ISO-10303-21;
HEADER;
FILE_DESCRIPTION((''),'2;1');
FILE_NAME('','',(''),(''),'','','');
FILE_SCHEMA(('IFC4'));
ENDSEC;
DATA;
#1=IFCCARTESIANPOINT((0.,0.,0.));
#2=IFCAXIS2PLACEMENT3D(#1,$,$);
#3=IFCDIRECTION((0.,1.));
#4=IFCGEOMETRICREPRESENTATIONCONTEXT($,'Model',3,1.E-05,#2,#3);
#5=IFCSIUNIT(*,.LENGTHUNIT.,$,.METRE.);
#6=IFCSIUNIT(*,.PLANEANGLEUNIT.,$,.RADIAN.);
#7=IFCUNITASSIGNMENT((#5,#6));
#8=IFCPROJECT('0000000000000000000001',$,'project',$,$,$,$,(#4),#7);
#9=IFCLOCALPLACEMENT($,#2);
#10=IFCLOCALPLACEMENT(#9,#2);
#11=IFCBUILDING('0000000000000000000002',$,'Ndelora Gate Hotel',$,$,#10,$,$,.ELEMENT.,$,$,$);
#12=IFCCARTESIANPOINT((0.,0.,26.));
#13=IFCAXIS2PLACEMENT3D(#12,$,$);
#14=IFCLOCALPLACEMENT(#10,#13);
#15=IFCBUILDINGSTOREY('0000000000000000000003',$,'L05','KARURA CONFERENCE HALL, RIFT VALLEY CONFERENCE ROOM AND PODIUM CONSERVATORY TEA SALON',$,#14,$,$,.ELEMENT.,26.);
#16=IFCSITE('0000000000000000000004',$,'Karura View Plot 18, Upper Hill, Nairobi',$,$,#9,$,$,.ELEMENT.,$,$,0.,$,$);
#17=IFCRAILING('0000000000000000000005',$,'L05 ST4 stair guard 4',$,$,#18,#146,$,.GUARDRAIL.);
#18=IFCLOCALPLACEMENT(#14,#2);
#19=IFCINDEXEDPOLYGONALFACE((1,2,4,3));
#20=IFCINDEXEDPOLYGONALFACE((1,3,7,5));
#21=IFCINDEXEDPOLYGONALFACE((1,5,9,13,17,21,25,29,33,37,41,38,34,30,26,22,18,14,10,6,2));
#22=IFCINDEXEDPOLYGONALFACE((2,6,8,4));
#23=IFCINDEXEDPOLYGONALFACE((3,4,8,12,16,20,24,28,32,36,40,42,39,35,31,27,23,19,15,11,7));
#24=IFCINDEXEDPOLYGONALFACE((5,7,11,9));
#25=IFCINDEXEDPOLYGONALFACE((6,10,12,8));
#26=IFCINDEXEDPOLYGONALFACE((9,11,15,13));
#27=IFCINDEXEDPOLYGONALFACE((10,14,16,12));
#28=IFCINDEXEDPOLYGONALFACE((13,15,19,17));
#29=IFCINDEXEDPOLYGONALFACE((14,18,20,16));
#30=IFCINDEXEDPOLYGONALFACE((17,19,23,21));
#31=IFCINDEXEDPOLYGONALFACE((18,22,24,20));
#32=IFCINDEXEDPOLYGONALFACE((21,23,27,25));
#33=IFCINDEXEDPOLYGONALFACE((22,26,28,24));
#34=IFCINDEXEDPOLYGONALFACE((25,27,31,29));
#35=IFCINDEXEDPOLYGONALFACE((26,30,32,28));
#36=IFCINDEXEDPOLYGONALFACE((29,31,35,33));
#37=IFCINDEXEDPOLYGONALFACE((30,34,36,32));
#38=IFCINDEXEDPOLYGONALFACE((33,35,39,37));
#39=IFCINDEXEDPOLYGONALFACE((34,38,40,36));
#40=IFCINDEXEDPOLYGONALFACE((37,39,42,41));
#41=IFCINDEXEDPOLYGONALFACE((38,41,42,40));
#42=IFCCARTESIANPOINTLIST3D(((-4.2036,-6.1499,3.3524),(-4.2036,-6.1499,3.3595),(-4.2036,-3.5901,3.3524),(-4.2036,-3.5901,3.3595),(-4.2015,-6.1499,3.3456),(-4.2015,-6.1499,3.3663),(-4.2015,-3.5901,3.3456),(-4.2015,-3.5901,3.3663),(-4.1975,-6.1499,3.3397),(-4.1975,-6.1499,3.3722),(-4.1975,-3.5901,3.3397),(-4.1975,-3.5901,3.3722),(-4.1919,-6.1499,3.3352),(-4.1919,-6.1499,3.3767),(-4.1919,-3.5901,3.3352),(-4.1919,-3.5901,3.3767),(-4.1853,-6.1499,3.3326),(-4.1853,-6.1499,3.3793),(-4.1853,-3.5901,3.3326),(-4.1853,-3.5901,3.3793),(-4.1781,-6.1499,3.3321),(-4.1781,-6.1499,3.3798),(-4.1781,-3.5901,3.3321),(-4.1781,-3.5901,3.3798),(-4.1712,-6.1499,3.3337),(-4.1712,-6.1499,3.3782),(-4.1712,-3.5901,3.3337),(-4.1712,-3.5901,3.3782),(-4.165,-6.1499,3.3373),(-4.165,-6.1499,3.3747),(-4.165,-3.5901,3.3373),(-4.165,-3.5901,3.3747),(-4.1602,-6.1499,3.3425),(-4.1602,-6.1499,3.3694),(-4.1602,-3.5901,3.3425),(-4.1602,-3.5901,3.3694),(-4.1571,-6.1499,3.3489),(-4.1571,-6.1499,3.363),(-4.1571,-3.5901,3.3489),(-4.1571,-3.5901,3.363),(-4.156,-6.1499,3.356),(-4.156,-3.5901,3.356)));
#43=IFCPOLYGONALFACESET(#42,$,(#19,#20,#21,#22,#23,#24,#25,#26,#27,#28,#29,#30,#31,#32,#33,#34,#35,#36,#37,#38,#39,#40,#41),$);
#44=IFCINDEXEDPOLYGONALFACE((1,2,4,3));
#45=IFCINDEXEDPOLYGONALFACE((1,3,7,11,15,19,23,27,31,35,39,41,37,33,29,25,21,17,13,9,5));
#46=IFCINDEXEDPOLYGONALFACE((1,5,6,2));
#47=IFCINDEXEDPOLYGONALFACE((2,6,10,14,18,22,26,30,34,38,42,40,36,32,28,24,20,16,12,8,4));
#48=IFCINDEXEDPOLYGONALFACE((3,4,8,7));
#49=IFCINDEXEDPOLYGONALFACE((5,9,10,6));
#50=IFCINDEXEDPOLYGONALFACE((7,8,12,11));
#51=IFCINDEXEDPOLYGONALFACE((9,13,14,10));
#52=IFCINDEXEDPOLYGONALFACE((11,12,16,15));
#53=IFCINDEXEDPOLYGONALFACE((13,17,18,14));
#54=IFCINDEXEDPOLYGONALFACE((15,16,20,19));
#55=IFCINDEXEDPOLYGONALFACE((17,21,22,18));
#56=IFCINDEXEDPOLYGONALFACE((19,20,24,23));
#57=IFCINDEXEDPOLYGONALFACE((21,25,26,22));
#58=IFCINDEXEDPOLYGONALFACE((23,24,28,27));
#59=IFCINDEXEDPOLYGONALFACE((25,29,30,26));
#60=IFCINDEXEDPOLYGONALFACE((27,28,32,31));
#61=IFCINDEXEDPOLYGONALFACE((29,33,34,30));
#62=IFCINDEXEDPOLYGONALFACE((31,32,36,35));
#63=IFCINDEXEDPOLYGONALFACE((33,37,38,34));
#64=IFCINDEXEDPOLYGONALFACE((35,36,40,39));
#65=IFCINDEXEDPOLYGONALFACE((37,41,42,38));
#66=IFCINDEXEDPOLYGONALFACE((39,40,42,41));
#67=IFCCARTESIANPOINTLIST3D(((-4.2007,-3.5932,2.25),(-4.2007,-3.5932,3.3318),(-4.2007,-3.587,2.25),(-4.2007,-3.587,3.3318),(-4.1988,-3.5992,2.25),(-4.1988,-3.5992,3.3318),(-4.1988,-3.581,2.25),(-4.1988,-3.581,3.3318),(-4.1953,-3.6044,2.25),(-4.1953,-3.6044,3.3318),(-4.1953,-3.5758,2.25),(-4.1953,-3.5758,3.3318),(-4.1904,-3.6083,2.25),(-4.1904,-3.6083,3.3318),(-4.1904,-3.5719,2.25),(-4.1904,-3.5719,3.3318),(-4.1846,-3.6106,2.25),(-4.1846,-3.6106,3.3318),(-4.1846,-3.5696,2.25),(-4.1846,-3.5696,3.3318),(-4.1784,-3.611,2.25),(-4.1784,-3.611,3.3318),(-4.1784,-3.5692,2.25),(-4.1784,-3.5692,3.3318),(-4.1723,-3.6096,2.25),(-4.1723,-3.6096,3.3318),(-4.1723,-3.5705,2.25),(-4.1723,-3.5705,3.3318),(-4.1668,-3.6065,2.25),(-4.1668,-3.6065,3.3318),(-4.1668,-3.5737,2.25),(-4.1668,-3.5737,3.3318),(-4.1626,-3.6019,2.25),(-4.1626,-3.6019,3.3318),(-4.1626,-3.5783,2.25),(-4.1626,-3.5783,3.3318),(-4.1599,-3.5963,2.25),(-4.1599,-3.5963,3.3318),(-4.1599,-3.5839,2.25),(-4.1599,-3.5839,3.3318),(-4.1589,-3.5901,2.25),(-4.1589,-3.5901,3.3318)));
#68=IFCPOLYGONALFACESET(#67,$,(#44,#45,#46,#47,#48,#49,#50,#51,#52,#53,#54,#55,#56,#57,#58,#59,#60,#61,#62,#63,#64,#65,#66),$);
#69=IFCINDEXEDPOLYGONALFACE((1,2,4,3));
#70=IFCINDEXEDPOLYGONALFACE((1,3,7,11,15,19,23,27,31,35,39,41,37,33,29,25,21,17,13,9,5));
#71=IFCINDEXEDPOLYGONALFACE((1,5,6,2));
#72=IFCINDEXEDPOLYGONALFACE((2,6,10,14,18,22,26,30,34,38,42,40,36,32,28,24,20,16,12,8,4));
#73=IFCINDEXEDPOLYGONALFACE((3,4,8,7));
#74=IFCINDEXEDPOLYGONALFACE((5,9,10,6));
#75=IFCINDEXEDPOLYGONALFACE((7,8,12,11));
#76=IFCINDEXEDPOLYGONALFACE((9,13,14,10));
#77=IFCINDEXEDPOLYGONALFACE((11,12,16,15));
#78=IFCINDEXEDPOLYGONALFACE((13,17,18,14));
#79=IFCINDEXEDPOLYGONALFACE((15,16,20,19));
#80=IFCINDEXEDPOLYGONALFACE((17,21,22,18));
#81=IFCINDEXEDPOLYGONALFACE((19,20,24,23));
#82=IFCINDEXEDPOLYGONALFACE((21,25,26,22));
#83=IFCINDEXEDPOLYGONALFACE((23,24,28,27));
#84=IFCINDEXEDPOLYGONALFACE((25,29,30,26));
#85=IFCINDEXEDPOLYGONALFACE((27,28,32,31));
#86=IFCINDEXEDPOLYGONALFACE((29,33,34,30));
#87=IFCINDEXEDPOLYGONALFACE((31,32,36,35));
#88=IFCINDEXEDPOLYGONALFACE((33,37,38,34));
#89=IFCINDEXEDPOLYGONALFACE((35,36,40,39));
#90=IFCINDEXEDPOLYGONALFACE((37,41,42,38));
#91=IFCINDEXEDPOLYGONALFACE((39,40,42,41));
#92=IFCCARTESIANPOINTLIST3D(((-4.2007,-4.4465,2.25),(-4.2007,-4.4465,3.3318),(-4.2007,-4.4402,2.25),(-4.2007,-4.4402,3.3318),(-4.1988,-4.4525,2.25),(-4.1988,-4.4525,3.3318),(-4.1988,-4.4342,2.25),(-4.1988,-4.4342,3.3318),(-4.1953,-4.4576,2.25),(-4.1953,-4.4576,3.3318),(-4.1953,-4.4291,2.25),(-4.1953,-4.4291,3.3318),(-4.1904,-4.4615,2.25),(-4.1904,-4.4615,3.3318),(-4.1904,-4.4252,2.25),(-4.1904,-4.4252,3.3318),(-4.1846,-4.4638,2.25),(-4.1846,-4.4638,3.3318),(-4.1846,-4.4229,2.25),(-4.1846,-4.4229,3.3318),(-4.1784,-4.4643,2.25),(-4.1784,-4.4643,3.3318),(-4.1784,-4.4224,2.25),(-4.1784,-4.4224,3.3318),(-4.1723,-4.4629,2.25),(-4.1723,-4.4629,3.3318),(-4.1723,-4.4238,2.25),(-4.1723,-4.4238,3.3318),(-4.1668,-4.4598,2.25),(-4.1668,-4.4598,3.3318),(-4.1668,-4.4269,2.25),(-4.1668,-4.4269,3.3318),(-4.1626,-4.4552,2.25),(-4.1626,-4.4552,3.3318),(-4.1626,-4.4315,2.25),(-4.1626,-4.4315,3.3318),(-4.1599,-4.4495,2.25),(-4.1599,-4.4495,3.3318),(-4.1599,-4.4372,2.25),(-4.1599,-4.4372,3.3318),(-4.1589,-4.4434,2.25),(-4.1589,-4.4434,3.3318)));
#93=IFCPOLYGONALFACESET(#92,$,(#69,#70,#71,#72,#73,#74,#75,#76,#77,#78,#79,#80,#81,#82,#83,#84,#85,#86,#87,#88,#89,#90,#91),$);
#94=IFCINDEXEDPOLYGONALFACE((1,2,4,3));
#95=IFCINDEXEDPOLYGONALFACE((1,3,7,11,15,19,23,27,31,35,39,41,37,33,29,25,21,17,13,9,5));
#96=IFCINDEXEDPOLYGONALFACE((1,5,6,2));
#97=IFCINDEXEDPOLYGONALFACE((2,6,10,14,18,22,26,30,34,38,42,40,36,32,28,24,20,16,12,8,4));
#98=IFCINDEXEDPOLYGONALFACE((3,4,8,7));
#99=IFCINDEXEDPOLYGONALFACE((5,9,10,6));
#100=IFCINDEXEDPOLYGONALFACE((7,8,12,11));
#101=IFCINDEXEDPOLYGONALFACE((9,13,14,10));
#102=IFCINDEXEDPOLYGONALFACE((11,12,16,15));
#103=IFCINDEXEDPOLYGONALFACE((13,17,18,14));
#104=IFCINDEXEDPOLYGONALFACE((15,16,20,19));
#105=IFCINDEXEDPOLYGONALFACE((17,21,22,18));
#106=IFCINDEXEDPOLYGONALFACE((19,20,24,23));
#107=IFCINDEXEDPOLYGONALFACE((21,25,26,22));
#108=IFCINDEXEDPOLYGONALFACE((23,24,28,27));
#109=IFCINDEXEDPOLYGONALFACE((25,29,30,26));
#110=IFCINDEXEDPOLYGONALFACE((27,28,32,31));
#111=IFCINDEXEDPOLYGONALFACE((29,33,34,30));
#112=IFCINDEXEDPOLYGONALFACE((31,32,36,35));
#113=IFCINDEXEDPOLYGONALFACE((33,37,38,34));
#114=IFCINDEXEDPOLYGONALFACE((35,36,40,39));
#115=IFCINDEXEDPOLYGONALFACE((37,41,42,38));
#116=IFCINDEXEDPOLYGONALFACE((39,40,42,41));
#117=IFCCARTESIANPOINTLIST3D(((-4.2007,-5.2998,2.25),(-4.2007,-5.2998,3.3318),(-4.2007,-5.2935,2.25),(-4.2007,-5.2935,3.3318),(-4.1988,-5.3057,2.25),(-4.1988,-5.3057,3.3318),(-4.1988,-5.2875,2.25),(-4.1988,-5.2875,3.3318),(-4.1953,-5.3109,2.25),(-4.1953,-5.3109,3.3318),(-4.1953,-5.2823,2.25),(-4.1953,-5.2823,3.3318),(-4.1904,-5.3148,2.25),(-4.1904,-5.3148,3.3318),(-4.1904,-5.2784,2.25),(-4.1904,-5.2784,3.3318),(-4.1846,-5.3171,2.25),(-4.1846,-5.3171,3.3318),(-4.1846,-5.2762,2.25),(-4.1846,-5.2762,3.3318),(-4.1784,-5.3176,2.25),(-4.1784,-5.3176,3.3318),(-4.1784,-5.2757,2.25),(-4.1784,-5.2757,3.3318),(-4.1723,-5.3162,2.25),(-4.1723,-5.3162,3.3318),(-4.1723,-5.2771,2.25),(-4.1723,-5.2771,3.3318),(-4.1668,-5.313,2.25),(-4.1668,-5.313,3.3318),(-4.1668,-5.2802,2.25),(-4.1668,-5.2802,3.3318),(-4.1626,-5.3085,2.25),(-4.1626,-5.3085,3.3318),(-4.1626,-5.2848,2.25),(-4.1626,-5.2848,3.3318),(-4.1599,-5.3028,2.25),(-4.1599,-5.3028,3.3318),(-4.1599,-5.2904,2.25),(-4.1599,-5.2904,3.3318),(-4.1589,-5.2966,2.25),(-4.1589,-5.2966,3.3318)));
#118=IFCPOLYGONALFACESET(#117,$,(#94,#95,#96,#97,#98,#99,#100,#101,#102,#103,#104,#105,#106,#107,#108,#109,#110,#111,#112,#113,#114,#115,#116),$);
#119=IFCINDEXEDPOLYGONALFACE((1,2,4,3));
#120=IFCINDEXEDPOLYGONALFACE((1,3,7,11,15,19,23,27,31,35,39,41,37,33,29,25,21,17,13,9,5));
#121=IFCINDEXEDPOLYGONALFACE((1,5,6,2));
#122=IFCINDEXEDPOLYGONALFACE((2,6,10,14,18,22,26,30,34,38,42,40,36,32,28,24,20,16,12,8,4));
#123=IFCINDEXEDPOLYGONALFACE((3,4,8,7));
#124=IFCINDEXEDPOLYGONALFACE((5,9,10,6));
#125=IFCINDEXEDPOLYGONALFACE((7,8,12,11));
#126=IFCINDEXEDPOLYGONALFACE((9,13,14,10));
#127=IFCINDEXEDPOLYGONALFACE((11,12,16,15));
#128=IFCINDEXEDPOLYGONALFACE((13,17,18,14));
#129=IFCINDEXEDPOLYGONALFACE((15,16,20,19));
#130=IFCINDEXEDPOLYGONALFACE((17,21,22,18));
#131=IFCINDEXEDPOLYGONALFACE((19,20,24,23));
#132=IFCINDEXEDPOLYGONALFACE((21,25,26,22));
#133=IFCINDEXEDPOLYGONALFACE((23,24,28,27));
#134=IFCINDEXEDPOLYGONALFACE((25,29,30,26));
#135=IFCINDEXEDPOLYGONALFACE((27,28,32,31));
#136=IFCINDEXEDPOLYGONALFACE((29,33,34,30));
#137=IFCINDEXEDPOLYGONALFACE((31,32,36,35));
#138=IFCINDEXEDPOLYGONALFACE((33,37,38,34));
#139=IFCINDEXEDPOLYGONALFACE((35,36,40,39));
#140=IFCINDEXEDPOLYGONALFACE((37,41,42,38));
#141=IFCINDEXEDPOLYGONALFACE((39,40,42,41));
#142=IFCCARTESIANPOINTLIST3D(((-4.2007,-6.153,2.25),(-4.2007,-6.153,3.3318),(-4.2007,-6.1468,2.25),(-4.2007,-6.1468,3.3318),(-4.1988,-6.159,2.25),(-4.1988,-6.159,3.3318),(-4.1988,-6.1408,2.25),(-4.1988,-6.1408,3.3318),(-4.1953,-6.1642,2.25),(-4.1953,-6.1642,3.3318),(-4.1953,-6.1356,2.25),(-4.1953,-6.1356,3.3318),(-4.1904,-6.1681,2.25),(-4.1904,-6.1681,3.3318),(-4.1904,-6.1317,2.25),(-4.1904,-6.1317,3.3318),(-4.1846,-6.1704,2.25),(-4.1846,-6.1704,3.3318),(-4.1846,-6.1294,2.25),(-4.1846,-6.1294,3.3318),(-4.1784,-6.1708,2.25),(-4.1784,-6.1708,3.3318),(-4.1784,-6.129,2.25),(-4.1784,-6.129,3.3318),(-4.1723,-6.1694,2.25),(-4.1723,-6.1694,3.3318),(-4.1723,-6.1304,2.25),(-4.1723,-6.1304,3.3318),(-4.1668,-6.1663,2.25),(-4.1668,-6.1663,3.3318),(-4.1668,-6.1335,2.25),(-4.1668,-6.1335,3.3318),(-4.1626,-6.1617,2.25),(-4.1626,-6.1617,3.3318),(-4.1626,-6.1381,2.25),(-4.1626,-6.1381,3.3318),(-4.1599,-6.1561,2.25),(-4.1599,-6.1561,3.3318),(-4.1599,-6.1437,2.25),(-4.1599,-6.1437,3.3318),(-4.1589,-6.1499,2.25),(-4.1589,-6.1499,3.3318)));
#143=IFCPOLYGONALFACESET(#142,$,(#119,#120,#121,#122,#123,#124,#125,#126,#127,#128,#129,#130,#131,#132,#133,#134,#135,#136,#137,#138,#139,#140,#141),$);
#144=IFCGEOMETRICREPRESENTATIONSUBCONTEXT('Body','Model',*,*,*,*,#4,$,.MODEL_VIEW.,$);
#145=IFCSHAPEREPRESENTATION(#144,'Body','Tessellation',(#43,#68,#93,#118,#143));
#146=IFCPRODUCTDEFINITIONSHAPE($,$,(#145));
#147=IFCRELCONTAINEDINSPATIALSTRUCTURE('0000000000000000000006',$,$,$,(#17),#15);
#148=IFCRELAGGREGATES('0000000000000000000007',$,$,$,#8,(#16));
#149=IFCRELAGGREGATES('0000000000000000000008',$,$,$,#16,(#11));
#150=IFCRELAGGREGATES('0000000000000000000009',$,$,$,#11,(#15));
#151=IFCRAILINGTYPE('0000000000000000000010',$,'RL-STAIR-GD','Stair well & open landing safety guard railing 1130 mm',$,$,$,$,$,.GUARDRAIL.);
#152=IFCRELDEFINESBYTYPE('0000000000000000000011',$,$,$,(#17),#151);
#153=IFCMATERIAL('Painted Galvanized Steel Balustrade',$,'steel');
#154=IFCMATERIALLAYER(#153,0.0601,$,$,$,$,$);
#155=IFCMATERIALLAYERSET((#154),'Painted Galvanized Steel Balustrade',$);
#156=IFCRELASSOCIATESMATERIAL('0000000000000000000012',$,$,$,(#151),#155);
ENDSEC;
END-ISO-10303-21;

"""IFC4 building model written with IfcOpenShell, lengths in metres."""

from ifc_helpers import new_model, si_unit, direction, frame, origin, origin_2d, place, context, subcontext, project, spatial, circle, extrude, material, layer, layer_set, type_object, element, save


model = new_model("IFC4")

# Units and contexts
model_context = context("Model", 3, precision=1e-05, world=origin(), true_north=direction((0.0, 1.0)))
body_context = subcontext(model_context, "Body", "Model", "MODEL_VIEW")
ifc_project = project(units=[si_unit("LENGTHUNIT", "METRE"), si_unit("PLANEANGLEUNIT", "RADIAN")], contexts=[model_context])

# Site, building, storey
site_placement = place(None, origin())
site = spatial("IfcSite", under=ifc_project, at=site_placement, Name="Karura View Plot 18, Upper Hill, Nairobi", CompositionType="ELEMENT", RefElevation=0.0)
building_placement = place(site_placement, origin())
building = spatial("IfcBuilding", under=site, at=building_placement, Name="Ndelora Gate Hotel", CompositionType="ELEMENT")
storey_placement = place(building_placement, frame((0.0, 0.0, 26.0)))
storey = spatial("IfcBuildingStorey", under=building, at=storey_placement, Name="L05", Description="KARURA CONFERENCE HALL, RIFT VALLEY CONFERENCE ROOM AND PODIUM CONSERVATORY TEA SALON", CompositionType="ELEMENT", Elevation=26.0)

# Railing
ifc_material_1 = material(Name="Painted Galvanized Steel Balustrade", Category="steel")
ifc_layer_1 = layer(ifc_material_1, 0.0601)
ifc_layer_set_1 = layer_set([ifc_layer_1], Name="Painted Galvanized Steel Balustrade")
railing_type_1 = type_object("IfcRailingType", Name="RL-STAIR-GD", Description="Stair well & open landing safety guard railing 1130 mm", PredefinedType="GUARDRAIL", material=ifc_layer_set_1)
railing_1_placement = place(storey_placement, frame((-4.1799, -3.5901, 2.25)))
element("IfcRailing", 1, at=railing_1_placement, inside=storey, type_object=railing_type_1, Name="L05 ST4 stair guard 4", PredefinedType="GUARDRAIL", context=body_context, shape_type="SweptSolid", body=[
    extrude(circle(Radius=0.0239, at=origin_2d()), frame((0.0, 0.0, 1.106), z_axis=(0.0, -1.0, 0.0), x_axis=(1.0, 0.0, 0.0)), (0.0, 0.0, 1.0), 2.5598),
    extrude(circle(Radius=0.021, at=origin_2d()), origin(), (0.0, 0.0, 1.0), 1.0818),
    extrude(circle(Radius=0.021, at=origin_2d()), frame((0.0, -0.8533, 0.0)), (0.0, 0.0, 1.0), 1.0818),
    extrude(circle(Radius=0.021, at=origin_2d()), frame((0.0, -1.7065, 0.0)), (0.0, 0.0, 1.0), 1.0818),
    extrude(circle(Radius=0.021, at=origin_2d()), frame((0.0, -2.5598, 0.0)), (0.0, 0.0, 1.0), 1.0818),
])

save(model, "model.ifc")
